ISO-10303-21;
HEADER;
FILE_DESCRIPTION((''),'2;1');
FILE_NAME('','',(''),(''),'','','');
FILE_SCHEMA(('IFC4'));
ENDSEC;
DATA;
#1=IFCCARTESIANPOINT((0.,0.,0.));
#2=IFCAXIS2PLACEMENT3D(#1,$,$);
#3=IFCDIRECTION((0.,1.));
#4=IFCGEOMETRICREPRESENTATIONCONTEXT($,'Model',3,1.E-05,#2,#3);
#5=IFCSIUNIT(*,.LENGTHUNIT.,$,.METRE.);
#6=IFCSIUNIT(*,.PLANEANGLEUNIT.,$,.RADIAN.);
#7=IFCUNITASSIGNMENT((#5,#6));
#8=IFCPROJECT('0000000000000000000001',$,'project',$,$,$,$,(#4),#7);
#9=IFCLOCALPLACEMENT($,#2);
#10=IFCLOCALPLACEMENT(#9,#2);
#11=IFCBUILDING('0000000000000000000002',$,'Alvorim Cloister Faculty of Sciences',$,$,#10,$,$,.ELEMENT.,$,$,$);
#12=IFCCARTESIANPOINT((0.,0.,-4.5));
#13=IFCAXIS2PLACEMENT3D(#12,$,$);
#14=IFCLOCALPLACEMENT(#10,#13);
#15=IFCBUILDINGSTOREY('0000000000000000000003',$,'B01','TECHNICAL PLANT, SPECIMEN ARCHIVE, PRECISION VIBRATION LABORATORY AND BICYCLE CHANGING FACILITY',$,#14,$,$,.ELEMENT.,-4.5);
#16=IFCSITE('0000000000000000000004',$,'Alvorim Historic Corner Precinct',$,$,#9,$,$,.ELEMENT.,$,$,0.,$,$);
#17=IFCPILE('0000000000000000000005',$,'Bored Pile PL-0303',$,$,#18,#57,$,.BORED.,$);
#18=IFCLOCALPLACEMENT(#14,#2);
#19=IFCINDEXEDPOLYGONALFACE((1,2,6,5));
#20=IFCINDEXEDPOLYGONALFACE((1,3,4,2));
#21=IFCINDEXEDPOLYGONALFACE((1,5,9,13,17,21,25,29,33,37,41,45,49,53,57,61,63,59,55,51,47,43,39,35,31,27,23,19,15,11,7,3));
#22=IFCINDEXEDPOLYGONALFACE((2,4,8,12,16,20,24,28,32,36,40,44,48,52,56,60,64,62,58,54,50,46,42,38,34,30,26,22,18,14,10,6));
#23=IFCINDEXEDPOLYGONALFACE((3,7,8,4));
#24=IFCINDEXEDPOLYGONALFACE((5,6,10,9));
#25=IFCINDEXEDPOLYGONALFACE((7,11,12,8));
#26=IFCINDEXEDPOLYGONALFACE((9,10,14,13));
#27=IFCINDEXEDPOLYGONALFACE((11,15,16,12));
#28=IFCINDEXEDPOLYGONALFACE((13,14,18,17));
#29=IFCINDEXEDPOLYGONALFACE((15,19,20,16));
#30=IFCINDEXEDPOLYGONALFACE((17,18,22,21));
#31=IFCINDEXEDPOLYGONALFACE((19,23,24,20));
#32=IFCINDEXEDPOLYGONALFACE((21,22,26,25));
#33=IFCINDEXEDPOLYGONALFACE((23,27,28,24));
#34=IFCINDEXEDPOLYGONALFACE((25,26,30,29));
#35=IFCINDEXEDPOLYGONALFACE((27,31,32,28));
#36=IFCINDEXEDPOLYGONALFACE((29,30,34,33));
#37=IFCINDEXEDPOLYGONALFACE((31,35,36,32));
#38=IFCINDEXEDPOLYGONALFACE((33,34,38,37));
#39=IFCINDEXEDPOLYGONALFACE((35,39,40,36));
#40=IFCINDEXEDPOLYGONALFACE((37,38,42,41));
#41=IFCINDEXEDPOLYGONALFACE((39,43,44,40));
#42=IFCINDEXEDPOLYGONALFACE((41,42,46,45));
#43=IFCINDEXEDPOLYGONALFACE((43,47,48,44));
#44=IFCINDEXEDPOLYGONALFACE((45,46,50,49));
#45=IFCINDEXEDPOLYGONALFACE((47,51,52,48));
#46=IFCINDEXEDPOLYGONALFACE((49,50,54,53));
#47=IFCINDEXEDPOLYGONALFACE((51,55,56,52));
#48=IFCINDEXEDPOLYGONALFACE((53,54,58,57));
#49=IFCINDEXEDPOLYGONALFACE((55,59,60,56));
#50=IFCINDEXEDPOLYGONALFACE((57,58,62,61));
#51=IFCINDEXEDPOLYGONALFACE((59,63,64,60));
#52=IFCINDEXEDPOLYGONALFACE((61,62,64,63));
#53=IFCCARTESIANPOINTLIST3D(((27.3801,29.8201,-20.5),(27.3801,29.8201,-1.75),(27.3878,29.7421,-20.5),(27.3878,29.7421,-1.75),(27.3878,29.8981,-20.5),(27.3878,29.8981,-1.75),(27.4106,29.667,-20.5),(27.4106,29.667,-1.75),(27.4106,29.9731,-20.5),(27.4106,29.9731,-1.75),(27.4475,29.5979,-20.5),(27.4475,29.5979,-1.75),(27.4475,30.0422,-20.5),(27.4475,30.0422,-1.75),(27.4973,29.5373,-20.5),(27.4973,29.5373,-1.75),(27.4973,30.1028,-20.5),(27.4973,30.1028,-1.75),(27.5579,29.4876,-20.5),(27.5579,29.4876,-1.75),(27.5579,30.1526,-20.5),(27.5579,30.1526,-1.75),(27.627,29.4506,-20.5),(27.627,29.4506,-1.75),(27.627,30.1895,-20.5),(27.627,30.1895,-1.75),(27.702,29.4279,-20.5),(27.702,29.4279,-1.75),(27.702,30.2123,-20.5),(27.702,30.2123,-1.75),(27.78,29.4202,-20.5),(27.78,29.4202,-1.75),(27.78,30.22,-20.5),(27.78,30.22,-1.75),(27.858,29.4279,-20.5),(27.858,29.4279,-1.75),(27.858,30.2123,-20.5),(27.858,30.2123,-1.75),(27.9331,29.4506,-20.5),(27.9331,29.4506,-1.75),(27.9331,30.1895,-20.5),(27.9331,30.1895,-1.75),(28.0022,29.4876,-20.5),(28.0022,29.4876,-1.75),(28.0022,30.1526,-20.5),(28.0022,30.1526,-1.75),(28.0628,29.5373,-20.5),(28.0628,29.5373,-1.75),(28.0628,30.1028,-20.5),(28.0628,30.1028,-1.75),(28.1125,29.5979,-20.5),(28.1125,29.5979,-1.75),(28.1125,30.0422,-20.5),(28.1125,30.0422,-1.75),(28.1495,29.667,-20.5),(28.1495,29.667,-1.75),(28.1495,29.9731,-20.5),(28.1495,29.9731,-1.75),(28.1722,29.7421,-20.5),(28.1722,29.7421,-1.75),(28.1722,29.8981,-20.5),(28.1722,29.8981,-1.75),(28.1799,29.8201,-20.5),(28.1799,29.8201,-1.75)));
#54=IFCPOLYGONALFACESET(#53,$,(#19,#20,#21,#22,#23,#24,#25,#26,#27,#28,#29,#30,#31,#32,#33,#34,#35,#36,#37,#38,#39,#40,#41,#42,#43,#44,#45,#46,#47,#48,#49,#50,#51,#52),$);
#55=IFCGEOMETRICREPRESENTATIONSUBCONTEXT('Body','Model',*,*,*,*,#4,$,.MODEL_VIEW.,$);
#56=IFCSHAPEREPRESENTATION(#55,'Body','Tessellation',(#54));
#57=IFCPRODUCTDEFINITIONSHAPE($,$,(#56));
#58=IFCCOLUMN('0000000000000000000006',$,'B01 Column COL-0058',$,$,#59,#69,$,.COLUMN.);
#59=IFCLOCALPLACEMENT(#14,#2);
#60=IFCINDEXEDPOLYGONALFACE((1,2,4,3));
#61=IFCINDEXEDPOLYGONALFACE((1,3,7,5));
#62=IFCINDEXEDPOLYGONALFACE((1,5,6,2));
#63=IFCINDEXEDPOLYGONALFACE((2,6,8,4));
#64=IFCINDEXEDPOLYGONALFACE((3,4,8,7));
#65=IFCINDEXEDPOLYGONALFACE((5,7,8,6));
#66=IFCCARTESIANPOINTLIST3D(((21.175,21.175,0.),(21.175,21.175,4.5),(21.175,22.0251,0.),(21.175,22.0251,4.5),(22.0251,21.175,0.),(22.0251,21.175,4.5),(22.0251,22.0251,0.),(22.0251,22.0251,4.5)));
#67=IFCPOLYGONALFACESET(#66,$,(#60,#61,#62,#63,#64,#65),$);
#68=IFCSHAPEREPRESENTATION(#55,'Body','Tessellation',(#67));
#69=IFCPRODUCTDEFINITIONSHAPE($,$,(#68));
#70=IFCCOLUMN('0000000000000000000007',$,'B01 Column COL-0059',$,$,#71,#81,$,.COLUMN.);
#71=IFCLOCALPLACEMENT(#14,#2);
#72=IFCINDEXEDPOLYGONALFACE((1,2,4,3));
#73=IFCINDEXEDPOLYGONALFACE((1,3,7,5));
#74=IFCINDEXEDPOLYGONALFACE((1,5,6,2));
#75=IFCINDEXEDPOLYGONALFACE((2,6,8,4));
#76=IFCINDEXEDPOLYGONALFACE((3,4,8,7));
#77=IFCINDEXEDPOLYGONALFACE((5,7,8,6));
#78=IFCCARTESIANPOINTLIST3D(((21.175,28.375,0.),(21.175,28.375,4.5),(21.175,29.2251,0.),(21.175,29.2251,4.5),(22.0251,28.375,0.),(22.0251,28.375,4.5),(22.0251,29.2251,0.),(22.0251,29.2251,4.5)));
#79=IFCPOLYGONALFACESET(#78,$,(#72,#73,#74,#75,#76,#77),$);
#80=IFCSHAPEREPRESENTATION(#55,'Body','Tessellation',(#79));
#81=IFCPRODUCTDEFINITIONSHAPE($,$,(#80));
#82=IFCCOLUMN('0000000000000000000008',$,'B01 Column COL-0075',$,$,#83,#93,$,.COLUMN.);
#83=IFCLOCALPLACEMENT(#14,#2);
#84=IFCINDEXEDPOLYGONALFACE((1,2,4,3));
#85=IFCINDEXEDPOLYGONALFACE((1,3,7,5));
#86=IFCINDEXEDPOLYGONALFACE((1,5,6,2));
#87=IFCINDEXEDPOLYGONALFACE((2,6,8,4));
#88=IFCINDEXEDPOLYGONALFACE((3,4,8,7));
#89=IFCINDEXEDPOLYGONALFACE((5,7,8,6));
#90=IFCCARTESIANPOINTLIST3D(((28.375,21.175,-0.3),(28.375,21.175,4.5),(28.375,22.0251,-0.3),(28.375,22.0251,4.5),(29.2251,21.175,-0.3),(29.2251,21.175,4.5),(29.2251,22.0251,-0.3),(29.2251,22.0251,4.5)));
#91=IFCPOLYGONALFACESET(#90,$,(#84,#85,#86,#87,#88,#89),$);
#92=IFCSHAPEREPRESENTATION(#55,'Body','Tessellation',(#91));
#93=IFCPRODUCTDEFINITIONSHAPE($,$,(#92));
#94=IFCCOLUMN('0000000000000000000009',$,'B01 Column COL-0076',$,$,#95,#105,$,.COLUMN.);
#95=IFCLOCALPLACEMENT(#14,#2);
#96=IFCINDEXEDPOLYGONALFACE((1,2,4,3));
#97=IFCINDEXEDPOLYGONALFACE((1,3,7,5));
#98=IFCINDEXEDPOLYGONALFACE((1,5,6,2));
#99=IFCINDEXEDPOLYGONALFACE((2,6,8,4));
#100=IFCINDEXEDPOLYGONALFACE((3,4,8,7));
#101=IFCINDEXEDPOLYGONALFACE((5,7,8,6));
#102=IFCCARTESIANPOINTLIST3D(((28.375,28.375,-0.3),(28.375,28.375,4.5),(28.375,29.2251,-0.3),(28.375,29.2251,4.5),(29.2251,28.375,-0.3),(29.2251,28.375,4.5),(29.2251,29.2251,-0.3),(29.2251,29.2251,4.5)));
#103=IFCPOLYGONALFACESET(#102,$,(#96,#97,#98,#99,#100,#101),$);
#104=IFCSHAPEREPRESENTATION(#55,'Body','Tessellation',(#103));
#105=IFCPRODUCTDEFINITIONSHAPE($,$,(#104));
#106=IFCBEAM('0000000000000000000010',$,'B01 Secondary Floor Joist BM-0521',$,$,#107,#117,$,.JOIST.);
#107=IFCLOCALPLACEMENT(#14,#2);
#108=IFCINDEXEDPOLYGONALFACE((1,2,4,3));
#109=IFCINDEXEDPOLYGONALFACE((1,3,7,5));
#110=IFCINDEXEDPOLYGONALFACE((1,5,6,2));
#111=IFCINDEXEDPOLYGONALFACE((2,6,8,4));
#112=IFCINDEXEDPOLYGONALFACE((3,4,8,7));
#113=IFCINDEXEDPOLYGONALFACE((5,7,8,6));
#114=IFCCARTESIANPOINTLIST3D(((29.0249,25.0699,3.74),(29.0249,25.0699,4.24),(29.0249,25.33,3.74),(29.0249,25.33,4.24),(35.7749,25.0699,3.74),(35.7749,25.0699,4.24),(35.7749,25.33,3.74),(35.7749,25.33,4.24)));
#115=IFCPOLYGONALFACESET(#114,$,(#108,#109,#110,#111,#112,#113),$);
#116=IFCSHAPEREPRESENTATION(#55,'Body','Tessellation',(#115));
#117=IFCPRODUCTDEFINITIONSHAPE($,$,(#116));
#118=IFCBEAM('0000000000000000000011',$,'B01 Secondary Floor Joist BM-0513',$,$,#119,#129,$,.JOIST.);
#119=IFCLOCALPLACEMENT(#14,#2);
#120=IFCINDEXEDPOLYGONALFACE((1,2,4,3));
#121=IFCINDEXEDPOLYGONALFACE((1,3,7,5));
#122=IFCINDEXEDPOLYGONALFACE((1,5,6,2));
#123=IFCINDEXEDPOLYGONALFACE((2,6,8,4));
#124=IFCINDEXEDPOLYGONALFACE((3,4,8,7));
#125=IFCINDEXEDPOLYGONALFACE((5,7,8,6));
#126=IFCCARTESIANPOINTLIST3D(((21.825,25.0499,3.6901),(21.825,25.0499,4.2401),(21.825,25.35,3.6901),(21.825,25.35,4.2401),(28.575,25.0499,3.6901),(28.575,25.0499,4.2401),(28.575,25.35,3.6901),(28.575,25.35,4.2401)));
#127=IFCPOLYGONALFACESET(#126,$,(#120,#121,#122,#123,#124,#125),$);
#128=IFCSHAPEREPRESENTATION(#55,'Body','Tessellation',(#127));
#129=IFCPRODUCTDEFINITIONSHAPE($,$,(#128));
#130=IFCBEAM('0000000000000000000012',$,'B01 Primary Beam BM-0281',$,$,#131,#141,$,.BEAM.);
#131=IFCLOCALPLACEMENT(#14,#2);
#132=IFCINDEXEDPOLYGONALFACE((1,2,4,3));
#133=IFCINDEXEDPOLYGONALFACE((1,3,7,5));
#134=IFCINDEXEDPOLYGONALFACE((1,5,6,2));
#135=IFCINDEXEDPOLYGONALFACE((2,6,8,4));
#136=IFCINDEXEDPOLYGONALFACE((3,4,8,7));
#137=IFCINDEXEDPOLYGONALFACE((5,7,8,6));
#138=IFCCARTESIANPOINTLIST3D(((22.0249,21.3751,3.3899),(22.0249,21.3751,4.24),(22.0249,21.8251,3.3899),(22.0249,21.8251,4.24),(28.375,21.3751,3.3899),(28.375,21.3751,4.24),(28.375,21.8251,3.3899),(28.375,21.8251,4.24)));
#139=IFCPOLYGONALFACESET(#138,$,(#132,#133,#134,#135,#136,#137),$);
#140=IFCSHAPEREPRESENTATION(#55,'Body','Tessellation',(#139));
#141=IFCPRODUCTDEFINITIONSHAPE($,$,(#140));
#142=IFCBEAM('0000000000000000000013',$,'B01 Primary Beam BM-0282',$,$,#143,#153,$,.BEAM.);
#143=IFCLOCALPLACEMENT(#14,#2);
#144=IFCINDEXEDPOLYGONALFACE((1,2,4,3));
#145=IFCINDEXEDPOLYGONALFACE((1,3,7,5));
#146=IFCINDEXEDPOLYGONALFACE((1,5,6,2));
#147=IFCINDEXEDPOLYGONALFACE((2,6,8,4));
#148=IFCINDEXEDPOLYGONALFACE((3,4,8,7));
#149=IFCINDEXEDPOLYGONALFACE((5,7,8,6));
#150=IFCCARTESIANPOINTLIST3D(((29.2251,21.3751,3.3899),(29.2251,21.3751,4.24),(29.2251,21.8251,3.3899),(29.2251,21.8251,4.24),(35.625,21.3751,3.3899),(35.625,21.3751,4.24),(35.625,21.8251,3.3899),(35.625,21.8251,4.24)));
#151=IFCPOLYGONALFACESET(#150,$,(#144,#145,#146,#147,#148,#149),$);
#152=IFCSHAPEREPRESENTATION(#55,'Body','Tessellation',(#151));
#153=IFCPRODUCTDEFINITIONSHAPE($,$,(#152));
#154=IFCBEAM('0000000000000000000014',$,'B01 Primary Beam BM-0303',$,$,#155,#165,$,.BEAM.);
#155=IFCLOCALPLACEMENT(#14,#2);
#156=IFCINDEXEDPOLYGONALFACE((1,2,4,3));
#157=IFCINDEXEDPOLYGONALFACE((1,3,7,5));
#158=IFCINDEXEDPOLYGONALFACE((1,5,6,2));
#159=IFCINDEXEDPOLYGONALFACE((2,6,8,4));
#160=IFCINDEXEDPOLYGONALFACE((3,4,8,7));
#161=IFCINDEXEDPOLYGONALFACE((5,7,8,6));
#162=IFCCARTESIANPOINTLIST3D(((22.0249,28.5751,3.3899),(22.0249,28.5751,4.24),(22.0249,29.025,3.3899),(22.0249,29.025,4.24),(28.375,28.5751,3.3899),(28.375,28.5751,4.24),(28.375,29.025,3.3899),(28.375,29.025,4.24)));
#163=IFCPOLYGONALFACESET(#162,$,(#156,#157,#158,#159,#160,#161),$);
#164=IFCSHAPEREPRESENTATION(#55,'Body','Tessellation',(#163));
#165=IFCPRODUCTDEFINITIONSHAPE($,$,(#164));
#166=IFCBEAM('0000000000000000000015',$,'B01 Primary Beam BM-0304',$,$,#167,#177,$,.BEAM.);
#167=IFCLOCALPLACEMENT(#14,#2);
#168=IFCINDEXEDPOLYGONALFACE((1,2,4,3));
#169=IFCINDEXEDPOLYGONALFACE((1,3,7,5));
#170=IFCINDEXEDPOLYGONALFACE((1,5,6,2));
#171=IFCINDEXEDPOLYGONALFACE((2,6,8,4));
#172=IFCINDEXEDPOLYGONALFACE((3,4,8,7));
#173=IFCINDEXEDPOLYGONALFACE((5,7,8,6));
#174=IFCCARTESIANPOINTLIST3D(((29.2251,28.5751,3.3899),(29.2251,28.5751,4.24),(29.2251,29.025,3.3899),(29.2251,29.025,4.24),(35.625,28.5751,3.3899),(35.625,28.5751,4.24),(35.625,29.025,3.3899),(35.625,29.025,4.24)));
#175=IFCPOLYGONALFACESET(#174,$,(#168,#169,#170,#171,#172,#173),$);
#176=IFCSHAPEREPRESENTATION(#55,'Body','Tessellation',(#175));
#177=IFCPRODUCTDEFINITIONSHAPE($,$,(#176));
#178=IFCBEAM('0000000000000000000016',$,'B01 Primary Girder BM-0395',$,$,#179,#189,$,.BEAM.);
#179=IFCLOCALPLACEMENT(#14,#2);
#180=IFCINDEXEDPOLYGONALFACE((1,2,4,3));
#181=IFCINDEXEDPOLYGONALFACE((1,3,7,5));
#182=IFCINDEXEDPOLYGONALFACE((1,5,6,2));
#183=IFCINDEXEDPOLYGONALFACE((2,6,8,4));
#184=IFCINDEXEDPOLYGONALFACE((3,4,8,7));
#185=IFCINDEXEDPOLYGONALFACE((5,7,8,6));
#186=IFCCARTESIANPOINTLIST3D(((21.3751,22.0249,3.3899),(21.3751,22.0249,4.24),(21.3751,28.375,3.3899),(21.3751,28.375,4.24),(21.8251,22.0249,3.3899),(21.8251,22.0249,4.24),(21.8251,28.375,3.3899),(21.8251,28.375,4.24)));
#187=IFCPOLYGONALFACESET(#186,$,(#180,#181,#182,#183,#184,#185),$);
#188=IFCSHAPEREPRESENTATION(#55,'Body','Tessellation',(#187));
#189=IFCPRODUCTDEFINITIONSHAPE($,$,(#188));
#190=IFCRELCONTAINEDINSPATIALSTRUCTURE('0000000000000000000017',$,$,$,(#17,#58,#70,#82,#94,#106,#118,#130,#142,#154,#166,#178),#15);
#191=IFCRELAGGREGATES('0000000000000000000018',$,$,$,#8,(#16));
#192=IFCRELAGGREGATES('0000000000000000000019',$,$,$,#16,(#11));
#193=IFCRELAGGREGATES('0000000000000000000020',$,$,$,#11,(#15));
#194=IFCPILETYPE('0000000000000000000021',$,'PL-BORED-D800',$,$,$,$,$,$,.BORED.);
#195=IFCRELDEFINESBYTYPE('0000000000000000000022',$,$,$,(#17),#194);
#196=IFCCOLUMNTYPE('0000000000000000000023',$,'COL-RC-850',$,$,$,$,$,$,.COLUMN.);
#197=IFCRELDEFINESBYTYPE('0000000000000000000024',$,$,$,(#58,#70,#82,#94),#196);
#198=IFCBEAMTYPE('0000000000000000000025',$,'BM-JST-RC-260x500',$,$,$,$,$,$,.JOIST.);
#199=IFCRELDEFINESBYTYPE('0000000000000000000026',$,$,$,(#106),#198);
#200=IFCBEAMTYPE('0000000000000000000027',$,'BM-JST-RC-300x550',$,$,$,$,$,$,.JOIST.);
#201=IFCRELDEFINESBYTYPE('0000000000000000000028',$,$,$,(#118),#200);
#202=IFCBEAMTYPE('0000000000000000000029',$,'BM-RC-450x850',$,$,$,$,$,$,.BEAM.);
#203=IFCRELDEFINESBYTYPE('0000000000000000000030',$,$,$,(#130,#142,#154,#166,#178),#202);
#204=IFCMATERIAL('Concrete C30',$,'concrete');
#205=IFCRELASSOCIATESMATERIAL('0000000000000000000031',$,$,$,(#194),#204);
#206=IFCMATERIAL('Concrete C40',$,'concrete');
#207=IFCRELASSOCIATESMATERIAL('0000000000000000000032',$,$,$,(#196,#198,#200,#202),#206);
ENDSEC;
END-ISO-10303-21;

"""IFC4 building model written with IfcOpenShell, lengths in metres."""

from ifc_helpers import new_model, si_unit, direction, frame, origin, origin_2d, place, context, subcontext, project, spatial, rectangle, circle, extrude, material, material_profile, profile_set, type_object, element, save


model = new_model("IFC4")

# Units and contexts
model_context = context("Model", 3, precision=1e-05, world=origin(), true_north=direction((0.0, 1.0)))
body_context = subcontext(model_context, "Body", "Model", "MODEL_VIEW")
ifc_project = project(units=[si_unit("LENGTHUNIT", "METRE"), si_unit("PLANEANGLEUNIT", "RADIAN")], contexts=[model_context])

# Site, building, storey
site_placement = place(None, origin())
site = spatial("IfcSite", under=ifc_project, at=site_placement, Name="Alvorim Historic Corner Precinct", CompositionType="ELEMENT", RefElevation=0.0)
building_placement = place(site_placement, origin())
building = spatial("IfcBuilding", under=site, at=building_placement, Name="Alvorim Cloister Faculty of Sciences", CompositionType="ELEMENT")
storey_placement = place(building_placement, frame((0.0, 0.0, -4.5)))
storey = spatial("IfcBuildingStorey", under=building, at=storey_placement, Name="B01", Description="TECHNICAL PLANT, SPECIMEN ARCHIVE, PRECISION VIBRATION LABORATORY AND BICYCLE CHANGING FACILITY", CompositionType="ELEMENT", Elevation=-4.5)

# Shared definitions
ifc_material_1 = material(Name="Concrete C40", Category="concrete")

# Pile
ifc_material_2 = material(Name="Concrete C30", Category="concrete")
ifc_material_profile_1 = material_profile(ifc_material_2, circle(Radius=0.3999, at=origin_2d()), Name="PILE-D800")
ifc_profile_set_1 = profile_set([ifc_material_profile_1], Name="Concrete C30")
pile_type_1 = type_object("IfcPileType", Name="PL-BORED-D800", PredefinedType="BORED", material=ifc_profile_set_1)
for number, where, z_axis, x_axis, name in (
    (1, (27.78, 29.8201, -1.75), (0.0, 0.0, -1.0), (1.0, 0.0, 0.0), "Bored Pile PL-0303"),
):
    element("IfcPile", number, at=place(storey_placement, frame(where, z_axis=z_axis, x_axis=x_axis)), inside=storey, type_object=pile_type_1, Name=name, PredefinedType="BORED", context=body_context, shape_type="SweptSolid", body=[
        extrude(circle(Radius=0.3999, at=origin_2d()), origin(), (0.0, 0.0, 1.0), 18.75),
    ])

# Columns
ifc_material_profile_2 = material_profile(ifc_material_1, rectangle(XDim=0.8501, YDim=0.8501, at=origin_2d()), Name="RC40-COL-850x850")
ifc_profile_set_2 = profile_set([ifc_material_profile_2], Name="Concrete C40")
column_type = type_object("IfcColumnType", Name="COL-RC-850", PredefinedType="COLUMN", material=ifc_profile_set_2)
for number, where, z_axis, x_axis, name in (
    (2, (21.6001, 21.6001, 0.0), (0.0, 0.0, 1.0), (1.0, 0.0, 0.0), "B01 Column COL-0058"),
    (3, (21.6001, 28.8, 0.0), (0.0, 0.0, 1.0), (1.0, 0.0, 0.0), "B01 Column COL-0059"),
):
    element("IfcColumn", number, at=place(storey_placement, frame(where, z_axis=z_axis, x_axis=x_axis)), inside=storey, type_object=column_type, Name=name, PredefinedType="COLUMN", context=body_context, shape_type="SweptSolid", body=[
        extrude(rectangle(XDim=0.8501, YDim=0.8501, at=origin_2d()), origin(), (0.0, 0.0, 1.0), 4.5),
    ])
for number, where, z_axis, x_axis, name in (
    (4, (28.8, 21.6001, -0.3), (0.0, 0.0, 1.0), (1.0, 0.0, 0.0), "B01 Column COL-0075"),
    (5, (28.8, 28.8, -0.3), (0.0, 0.0, 1.0), (1.0, 0.0, 0.0), "B01 Column COL-0076"),
):
    element("IfcColumn", number, at=place(storey_placement, frame(where, z_axis=z_axis, x_axis=x_axis)), inside=storey, type_object=column_type, Name=name, PredefinedType="COLUMN", context=body_context, shape_type="SweptSolid", body=[
        extrude(rectangle(XDim=0.8501, YDim=0.8501, at=origin_2d()), origin(), (0.0, 0.0, 1.0), 4.8),
    ])

# Beams
ifc_material_profile_3 = material_profile(ifc_material_1, rectangle(XDim=0.26, YDim=0.5, at=origin_2d()), Name="RC40-JST-260x500")
ifc_profile_set_3 = profile_set([ifc_material_profile_3], Name="Concrete C40")
beam_type_1 = type_object("IfcBeamType", Name="BM-JST-RC-260x500", PredefinedType="JOIST", material=ifc_profile_set_3)
beam_1_placement = place(storey_placement, frame((29.0249, 25.2, 3.99), z_axis=(1.0, 0.0, 0.0), x_axis=(0.0, 1.0, 0.0)))
element("IfcBeam", 6, at=beam_1_placement, inside=storey, type_object=beam_type_1, Name="B01 Secondary Floor Joist BM-0521", PredefinedType="JOIST", context=body_context, shape_type="SweptSolid", body=[
    extrude(rectangle(XDim=0.26, YDim=0.5, at=origin_2d()), origin(), (0.0, 0.0, 1.0), 6.75),
])
ifc_material_profile_4 = material_profile(ifc_material_1, rectangle(XDim=0.3, YDim=0.55, at=origin_2d()), Name="RC40-JST-300x550")
ifc_profile_set_4 = profile_set([ifc_material_profile_4], Name="Concrete C40")
beam_type_2 = type_object("IfcBeamType", Name="BM-JST-RC-300x550", PredefinedType="JOIST", material=ifc_profile_set_4)
beam_2_placement = place(storey_placement, frame((21.825, 25.2, 3.9651), z_axis=(1.0, 0.0, 0.0), x_axis=(0.0, 1.0, 0.0)))
element("IfcBeam", 7, at=beam_2_placement, inside=storey, type_object=beam_type_2, Name="B01 Secondary Floor Joist BM-0513", PredefinedType="JOIST", context=body_context, shape_type="SweptSolid", body=[
    extrude(rectangle(XDim=0.3, YDim=0.55, at=origin_2d()), origin(), (0.0, 0.0, 1.0), 6.75),
])
ifc_material_profile_5 = material_profile(ifc_material_1, rectangle(XDim=0.45, YDim=0.8501, at=origin_2d()), Name="RC40-BM-450x850")
ifc_profile_set_5 = profile_set([ifc_material_profile_5], Name="Concrete C40")
beam_type_3 = type_object("IfcBeamType", Name="BM-RC-450x850", PredefinedType="BEAM", material=ifc_profile_set_5)
beam_3_placement = place(storey_placement, frame((22.0249, 21.6001, 3.8149), z_axis=(1.0, 0.0, 0.0), x_axis=(0.0, 1.0, 0.0)))
element("IfcBeam", 8, at=beam_3_placement, inside=storey, type_object=beam_type_3, Name="B01 Primary Beam BM-0281", PredefinedType="BEAM", context=body_context, shape_type="SweptSolid", body=[
    extrude(rectangle(XDim=0.45, YDim=0.8501, at=origin_2d()), origin(), (0.0, 0.0, 1.0), 6.3501),
])
beam_4_placement = place(storey_placement, frame((29.2251, 21.6001, 3.8149), z_axis=(1.0, 0.0, 0.0), x_axis=(0.0, 1.0, 0.0)))
element("IfcBeam", 9, at=beam_4_placement, inside=storey, type_object=beam_type_3, Name="B01 Primary Beam BM-0282", PredefinedType="BEAM", context=body_context, shape_type="SweptSolid", body=[
    extrude(rectangle(XDim=0.45, YDim=0.8501, at=origin_2d()), origin(), (0.0, 0.0, 1.0), 6.3999),
])
beam_5_placement = place(storey_placement, frame((22.0249, 28.8, 3.8149), z_axis=(1.0, 0.0, 0.0), x_axis=(0.0, 1.0, 0.0)))
element("IfcBeam", 10, at=beam_5_placement, inside=storey, type_object=beam_type_3, Name="B01 Primary Beam BM-0303", PredefinedType="BEAM", context=body_context, shape_type="SweptSolid", body=[
    extrude(rectangle(XDim=0.45, YDim=0.8501, at=origin_2d()), origin(), (0.0, 0.0, 1.0), 6.3501),
])
beam_6_placement = place(storey_placement, frame((29.2251, 28.8, 3.8149), z_axis=(1.0, 0.0, 0.0), x_axis=(0.0, 1.0, 0.0)))
element("IfcBeam", 11, at=beam_6_placement, inside=storey, type_object=beam_type_3, Name="B01 Primary Beam BM-0304", PredefinedType="BEAM", context=body_context, shape_type="SweptSolid", body=[
    extrude(rectangle(XDim=0.45, YDim=0.8501, at=origin_2d()), origin(), (0.0, 0.0, 1.0), 6.3999),
])
beam_7_placement = place(storey_placement, frame((21.6001, 22.0249, 3.8149), z_axis=(0.0, 1.0, 0.0), x_axis=(-1.0, 0.0, 0.0)))
element("IfcBeam", 12, at=beam_7_placement, inside=storey, type_object=beam_type_3, Name="B01 Primary Girder BM-0395", PredefinedType="BEAM", context=body_context, shape_type="SweptSolid", body=[
    extrude(rectangle(XDim=0.45, YDim=0.8501, at=origin_2d()), origin(), (0.0, 0.0, 1.0), 6.3501),
])

save(model, "model.ifc")
